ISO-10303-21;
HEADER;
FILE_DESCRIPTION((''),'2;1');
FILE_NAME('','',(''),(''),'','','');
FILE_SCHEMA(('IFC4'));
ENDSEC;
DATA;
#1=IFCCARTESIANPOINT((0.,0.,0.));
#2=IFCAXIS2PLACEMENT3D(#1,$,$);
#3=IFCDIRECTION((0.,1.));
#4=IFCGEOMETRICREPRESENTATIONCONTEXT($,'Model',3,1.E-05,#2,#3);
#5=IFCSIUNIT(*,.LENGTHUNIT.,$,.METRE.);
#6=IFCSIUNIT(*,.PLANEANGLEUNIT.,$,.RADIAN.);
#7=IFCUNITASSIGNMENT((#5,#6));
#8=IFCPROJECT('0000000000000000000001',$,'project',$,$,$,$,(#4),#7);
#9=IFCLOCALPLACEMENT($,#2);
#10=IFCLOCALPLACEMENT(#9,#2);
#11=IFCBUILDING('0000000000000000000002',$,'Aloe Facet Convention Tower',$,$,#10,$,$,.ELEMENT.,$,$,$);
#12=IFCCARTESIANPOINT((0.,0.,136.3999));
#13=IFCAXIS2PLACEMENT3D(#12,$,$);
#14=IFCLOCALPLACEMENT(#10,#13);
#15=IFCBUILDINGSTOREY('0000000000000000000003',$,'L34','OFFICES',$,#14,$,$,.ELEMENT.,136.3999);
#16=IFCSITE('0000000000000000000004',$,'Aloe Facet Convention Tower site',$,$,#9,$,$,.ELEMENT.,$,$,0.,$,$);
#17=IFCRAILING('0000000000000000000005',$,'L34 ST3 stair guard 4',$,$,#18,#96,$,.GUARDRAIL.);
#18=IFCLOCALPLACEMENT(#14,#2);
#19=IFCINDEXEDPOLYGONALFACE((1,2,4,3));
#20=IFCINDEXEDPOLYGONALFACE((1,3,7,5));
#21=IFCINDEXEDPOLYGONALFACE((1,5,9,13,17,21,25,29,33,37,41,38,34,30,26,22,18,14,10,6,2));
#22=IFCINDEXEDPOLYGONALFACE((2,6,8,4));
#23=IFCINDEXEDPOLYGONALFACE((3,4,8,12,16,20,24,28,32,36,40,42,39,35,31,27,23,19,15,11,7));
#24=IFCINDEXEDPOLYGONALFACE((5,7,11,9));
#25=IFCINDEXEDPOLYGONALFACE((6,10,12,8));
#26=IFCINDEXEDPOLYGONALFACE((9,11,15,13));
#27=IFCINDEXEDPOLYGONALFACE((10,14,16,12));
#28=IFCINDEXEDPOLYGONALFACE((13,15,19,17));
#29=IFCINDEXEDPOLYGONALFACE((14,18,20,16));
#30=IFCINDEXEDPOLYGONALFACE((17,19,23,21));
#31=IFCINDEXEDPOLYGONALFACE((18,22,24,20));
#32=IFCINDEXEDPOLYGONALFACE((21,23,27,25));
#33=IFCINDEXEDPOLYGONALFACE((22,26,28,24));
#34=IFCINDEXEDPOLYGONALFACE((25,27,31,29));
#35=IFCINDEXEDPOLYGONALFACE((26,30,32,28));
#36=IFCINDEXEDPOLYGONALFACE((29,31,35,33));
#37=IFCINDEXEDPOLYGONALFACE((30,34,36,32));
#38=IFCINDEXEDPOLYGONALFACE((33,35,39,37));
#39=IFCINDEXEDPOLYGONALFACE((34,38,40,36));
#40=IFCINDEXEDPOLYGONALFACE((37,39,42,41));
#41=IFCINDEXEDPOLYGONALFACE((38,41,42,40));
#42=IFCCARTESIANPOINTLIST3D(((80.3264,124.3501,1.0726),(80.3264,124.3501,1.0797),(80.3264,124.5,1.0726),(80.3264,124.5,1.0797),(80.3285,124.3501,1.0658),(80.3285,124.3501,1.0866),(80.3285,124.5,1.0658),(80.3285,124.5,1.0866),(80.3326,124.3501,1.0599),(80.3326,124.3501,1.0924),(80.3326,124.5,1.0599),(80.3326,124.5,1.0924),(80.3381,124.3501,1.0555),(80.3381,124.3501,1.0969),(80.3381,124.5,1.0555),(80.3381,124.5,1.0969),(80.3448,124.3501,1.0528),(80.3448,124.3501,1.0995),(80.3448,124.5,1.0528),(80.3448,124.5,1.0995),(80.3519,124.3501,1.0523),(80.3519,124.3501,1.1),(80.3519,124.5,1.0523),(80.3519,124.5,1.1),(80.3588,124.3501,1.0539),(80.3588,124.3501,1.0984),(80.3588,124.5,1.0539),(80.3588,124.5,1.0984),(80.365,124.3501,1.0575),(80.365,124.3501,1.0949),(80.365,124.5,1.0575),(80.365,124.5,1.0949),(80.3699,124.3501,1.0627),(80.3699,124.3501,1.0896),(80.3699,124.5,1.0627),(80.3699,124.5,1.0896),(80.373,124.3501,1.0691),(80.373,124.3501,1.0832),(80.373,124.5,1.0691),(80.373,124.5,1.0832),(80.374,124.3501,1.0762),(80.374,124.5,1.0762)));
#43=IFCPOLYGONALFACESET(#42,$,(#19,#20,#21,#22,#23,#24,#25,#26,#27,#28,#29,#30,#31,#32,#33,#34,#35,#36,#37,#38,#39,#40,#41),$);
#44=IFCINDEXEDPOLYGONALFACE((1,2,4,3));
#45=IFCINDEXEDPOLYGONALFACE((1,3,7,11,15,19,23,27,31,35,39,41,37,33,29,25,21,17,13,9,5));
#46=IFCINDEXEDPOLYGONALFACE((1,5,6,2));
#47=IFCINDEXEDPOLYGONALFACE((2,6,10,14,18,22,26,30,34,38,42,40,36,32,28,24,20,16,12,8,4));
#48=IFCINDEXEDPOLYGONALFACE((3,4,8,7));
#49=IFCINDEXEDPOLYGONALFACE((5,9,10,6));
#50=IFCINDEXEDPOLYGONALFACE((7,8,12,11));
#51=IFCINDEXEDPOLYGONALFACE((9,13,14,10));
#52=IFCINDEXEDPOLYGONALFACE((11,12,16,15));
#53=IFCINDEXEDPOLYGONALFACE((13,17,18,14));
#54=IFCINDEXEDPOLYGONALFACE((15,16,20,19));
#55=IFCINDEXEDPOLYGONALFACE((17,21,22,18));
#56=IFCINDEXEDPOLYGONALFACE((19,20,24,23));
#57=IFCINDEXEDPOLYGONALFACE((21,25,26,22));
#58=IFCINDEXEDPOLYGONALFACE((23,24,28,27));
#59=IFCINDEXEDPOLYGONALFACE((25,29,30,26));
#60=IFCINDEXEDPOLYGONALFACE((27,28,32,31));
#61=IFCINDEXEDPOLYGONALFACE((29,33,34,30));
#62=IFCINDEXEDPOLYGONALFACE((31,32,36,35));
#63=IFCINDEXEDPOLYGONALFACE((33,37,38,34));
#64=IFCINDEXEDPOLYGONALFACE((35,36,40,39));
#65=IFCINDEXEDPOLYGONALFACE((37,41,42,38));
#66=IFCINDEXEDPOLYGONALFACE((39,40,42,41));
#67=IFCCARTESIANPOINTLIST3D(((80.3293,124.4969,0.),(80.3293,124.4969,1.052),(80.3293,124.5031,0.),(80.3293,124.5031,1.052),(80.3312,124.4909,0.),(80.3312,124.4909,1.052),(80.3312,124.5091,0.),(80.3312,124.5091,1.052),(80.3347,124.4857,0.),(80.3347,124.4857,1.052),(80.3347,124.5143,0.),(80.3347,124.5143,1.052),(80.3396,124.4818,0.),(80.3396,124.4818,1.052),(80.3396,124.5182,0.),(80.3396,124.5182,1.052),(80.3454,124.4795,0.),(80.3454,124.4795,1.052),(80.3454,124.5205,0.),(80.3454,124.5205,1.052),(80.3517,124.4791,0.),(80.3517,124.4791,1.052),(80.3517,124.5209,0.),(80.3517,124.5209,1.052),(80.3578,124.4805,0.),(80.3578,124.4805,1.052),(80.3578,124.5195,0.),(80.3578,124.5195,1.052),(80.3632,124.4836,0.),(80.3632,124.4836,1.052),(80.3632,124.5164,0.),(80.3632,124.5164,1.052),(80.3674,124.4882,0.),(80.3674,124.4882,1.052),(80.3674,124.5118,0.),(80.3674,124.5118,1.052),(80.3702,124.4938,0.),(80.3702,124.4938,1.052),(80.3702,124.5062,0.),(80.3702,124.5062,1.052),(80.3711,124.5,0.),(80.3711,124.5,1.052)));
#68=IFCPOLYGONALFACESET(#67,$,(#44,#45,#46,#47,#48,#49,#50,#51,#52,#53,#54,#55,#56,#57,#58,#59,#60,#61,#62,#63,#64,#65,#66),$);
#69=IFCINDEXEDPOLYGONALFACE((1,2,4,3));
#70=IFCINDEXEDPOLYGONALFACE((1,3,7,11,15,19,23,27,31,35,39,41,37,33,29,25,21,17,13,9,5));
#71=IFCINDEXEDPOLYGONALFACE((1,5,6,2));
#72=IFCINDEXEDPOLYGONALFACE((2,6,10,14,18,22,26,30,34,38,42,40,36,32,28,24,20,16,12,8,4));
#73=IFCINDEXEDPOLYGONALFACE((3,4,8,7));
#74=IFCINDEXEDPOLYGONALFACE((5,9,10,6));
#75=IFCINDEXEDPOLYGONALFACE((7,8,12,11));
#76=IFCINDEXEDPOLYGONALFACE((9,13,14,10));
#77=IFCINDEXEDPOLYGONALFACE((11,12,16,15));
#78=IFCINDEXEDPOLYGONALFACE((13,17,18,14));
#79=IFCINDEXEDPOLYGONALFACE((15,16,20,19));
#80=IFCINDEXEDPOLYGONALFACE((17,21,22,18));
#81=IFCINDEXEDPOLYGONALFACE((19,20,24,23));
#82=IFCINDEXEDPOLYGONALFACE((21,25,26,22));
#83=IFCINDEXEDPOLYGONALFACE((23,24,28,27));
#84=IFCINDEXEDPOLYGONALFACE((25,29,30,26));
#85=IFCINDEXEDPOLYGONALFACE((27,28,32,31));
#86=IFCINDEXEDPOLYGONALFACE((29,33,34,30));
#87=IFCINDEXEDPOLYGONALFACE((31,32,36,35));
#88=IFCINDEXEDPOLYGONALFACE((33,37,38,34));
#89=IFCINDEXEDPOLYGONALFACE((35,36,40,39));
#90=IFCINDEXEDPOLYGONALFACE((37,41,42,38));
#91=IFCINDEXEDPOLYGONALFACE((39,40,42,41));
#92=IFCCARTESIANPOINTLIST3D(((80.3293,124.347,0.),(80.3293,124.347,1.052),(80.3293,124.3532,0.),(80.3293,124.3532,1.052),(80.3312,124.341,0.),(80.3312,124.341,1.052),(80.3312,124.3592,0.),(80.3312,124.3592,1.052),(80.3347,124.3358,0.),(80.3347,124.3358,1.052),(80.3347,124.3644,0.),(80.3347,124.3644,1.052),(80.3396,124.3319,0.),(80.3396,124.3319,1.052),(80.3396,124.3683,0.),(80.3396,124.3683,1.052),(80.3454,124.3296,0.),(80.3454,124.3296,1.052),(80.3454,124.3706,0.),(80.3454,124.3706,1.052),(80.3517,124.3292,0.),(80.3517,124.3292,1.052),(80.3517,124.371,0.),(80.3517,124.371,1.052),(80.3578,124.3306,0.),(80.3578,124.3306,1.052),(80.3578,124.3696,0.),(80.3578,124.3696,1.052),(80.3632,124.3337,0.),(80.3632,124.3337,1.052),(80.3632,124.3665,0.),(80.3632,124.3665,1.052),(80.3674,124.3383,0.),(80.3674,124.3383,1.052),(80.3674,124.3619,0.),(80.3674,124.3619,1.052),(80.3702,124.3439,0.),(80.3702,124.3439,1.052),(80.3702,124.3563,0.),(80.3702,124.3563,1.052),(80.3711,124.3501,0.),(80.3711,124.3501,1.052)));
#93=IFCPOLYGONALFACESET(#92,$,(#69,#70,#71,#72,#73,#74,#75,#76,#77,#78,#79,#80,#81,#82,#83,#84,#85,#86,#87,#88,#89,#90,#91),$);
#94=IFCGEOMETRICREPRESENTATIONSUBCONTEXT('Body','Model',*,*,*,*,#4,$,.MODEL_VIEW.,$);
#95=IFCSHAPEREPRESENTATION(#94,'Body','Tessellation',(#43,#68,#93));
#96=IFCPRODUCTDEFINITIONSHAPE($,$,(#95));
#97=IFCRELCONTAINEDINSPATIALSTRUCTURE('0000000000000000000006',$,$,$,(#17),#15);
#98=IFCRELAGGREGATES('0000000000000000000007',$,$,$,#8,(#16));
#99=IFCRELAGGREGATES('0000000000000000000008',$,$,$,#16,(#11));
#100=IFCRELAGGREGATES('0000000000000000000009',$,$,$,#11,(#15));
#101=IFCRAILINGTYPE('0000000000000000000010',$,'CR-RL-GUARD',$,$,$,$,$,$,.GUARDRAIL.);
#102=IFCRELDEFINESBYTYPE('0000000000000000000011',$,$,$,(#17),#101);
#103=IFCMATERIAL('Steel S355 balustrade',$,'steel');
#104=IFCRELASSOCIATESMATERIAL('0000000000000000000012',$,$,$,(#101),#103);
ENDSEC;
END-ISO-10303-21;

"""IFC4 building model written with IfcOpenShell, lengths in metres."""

from ifc_helpers import new_model, si_unit, direction, frame, origin, origin_2d, place, context, subcontext, project, spatial, circle, extrude, material, type_object, element, save


model = new_model("IFC4")

# Units and contexts
model_context = context("Model", 3, precision=1e-05, world=origin(), true_north=direction((0.0, 1.0)))
body_context = subcontext(model_context, "Body", "Model", "MODEL_VIEW")
ifc_project = project(units=[si_unit("LENGTHUNIT", "METRE"), si_unit("PLANEANGLEUNIT", "RADIAN")], contexts=[model_context])

# Site, building, storey
site_placement = place(None, origin())
site = spatial("IfcSite", under=ifc_project, at=site_placement, Name="Aloe Facet Convention Tower site", CompositionType="ELEMENT", RefElevation=0.0)
building_placement = place(site_placement, origin())
building = spatial("IfcBuilding", under=site, at=building_placement, Name="Aloe Facet Convention Tower", CompositionType="ELEMENT")
storey_placement = place(building_placement, frame((0.0, 0.0, 136.3999)))
storey = spatial("IfcBuildingStorey", under=building, at=storey_placement, Name="L34", Description="OFFICES", CompositionType="ELEMENT", Elevation=136.3999)

# Railing
ifc_material_1 = material(Name="Steel S355 balustrade", Category="steel")
railing_type_1 = type_object("IfcRailingType", Name="CR-RL-GUARD", PredefinedType="GUARDRAIL", material=ifc_material_1)
railing_1_placement = place(storey_placement, frame((80.3501, 124.5, 0.0)))
element("IfcRailing", 1, at=railing_1_placement, inside=storey, type_object=railing_type_1, Name="L34 ST3 stair guard 4", PredefinedType="GUARDRAIL", context=body_context, shape_type="SweptSolid", body=[
    extrude(circle(Radius=0.0239, at=origin_2d()), frame((0.0, 0.0, 1.0762), z_axis=(0.0, -1.0, 0.0), x_axis=(1.0, 0.0, 0.0)), (0.0, 0.0, 1.0), 0.1499),
    extrude(circle(Radius=0.021, at=origin_2d()), origin(), (0.0, 0.0, 1.0), 1.052),
    extrude(circle(Radius=0.021, at=origin_2d()), frame((0.0, -0.1499, 0.0)), (0.0, 0.0, 1.0), 1.052),
])

save(model, "model.ifc")
